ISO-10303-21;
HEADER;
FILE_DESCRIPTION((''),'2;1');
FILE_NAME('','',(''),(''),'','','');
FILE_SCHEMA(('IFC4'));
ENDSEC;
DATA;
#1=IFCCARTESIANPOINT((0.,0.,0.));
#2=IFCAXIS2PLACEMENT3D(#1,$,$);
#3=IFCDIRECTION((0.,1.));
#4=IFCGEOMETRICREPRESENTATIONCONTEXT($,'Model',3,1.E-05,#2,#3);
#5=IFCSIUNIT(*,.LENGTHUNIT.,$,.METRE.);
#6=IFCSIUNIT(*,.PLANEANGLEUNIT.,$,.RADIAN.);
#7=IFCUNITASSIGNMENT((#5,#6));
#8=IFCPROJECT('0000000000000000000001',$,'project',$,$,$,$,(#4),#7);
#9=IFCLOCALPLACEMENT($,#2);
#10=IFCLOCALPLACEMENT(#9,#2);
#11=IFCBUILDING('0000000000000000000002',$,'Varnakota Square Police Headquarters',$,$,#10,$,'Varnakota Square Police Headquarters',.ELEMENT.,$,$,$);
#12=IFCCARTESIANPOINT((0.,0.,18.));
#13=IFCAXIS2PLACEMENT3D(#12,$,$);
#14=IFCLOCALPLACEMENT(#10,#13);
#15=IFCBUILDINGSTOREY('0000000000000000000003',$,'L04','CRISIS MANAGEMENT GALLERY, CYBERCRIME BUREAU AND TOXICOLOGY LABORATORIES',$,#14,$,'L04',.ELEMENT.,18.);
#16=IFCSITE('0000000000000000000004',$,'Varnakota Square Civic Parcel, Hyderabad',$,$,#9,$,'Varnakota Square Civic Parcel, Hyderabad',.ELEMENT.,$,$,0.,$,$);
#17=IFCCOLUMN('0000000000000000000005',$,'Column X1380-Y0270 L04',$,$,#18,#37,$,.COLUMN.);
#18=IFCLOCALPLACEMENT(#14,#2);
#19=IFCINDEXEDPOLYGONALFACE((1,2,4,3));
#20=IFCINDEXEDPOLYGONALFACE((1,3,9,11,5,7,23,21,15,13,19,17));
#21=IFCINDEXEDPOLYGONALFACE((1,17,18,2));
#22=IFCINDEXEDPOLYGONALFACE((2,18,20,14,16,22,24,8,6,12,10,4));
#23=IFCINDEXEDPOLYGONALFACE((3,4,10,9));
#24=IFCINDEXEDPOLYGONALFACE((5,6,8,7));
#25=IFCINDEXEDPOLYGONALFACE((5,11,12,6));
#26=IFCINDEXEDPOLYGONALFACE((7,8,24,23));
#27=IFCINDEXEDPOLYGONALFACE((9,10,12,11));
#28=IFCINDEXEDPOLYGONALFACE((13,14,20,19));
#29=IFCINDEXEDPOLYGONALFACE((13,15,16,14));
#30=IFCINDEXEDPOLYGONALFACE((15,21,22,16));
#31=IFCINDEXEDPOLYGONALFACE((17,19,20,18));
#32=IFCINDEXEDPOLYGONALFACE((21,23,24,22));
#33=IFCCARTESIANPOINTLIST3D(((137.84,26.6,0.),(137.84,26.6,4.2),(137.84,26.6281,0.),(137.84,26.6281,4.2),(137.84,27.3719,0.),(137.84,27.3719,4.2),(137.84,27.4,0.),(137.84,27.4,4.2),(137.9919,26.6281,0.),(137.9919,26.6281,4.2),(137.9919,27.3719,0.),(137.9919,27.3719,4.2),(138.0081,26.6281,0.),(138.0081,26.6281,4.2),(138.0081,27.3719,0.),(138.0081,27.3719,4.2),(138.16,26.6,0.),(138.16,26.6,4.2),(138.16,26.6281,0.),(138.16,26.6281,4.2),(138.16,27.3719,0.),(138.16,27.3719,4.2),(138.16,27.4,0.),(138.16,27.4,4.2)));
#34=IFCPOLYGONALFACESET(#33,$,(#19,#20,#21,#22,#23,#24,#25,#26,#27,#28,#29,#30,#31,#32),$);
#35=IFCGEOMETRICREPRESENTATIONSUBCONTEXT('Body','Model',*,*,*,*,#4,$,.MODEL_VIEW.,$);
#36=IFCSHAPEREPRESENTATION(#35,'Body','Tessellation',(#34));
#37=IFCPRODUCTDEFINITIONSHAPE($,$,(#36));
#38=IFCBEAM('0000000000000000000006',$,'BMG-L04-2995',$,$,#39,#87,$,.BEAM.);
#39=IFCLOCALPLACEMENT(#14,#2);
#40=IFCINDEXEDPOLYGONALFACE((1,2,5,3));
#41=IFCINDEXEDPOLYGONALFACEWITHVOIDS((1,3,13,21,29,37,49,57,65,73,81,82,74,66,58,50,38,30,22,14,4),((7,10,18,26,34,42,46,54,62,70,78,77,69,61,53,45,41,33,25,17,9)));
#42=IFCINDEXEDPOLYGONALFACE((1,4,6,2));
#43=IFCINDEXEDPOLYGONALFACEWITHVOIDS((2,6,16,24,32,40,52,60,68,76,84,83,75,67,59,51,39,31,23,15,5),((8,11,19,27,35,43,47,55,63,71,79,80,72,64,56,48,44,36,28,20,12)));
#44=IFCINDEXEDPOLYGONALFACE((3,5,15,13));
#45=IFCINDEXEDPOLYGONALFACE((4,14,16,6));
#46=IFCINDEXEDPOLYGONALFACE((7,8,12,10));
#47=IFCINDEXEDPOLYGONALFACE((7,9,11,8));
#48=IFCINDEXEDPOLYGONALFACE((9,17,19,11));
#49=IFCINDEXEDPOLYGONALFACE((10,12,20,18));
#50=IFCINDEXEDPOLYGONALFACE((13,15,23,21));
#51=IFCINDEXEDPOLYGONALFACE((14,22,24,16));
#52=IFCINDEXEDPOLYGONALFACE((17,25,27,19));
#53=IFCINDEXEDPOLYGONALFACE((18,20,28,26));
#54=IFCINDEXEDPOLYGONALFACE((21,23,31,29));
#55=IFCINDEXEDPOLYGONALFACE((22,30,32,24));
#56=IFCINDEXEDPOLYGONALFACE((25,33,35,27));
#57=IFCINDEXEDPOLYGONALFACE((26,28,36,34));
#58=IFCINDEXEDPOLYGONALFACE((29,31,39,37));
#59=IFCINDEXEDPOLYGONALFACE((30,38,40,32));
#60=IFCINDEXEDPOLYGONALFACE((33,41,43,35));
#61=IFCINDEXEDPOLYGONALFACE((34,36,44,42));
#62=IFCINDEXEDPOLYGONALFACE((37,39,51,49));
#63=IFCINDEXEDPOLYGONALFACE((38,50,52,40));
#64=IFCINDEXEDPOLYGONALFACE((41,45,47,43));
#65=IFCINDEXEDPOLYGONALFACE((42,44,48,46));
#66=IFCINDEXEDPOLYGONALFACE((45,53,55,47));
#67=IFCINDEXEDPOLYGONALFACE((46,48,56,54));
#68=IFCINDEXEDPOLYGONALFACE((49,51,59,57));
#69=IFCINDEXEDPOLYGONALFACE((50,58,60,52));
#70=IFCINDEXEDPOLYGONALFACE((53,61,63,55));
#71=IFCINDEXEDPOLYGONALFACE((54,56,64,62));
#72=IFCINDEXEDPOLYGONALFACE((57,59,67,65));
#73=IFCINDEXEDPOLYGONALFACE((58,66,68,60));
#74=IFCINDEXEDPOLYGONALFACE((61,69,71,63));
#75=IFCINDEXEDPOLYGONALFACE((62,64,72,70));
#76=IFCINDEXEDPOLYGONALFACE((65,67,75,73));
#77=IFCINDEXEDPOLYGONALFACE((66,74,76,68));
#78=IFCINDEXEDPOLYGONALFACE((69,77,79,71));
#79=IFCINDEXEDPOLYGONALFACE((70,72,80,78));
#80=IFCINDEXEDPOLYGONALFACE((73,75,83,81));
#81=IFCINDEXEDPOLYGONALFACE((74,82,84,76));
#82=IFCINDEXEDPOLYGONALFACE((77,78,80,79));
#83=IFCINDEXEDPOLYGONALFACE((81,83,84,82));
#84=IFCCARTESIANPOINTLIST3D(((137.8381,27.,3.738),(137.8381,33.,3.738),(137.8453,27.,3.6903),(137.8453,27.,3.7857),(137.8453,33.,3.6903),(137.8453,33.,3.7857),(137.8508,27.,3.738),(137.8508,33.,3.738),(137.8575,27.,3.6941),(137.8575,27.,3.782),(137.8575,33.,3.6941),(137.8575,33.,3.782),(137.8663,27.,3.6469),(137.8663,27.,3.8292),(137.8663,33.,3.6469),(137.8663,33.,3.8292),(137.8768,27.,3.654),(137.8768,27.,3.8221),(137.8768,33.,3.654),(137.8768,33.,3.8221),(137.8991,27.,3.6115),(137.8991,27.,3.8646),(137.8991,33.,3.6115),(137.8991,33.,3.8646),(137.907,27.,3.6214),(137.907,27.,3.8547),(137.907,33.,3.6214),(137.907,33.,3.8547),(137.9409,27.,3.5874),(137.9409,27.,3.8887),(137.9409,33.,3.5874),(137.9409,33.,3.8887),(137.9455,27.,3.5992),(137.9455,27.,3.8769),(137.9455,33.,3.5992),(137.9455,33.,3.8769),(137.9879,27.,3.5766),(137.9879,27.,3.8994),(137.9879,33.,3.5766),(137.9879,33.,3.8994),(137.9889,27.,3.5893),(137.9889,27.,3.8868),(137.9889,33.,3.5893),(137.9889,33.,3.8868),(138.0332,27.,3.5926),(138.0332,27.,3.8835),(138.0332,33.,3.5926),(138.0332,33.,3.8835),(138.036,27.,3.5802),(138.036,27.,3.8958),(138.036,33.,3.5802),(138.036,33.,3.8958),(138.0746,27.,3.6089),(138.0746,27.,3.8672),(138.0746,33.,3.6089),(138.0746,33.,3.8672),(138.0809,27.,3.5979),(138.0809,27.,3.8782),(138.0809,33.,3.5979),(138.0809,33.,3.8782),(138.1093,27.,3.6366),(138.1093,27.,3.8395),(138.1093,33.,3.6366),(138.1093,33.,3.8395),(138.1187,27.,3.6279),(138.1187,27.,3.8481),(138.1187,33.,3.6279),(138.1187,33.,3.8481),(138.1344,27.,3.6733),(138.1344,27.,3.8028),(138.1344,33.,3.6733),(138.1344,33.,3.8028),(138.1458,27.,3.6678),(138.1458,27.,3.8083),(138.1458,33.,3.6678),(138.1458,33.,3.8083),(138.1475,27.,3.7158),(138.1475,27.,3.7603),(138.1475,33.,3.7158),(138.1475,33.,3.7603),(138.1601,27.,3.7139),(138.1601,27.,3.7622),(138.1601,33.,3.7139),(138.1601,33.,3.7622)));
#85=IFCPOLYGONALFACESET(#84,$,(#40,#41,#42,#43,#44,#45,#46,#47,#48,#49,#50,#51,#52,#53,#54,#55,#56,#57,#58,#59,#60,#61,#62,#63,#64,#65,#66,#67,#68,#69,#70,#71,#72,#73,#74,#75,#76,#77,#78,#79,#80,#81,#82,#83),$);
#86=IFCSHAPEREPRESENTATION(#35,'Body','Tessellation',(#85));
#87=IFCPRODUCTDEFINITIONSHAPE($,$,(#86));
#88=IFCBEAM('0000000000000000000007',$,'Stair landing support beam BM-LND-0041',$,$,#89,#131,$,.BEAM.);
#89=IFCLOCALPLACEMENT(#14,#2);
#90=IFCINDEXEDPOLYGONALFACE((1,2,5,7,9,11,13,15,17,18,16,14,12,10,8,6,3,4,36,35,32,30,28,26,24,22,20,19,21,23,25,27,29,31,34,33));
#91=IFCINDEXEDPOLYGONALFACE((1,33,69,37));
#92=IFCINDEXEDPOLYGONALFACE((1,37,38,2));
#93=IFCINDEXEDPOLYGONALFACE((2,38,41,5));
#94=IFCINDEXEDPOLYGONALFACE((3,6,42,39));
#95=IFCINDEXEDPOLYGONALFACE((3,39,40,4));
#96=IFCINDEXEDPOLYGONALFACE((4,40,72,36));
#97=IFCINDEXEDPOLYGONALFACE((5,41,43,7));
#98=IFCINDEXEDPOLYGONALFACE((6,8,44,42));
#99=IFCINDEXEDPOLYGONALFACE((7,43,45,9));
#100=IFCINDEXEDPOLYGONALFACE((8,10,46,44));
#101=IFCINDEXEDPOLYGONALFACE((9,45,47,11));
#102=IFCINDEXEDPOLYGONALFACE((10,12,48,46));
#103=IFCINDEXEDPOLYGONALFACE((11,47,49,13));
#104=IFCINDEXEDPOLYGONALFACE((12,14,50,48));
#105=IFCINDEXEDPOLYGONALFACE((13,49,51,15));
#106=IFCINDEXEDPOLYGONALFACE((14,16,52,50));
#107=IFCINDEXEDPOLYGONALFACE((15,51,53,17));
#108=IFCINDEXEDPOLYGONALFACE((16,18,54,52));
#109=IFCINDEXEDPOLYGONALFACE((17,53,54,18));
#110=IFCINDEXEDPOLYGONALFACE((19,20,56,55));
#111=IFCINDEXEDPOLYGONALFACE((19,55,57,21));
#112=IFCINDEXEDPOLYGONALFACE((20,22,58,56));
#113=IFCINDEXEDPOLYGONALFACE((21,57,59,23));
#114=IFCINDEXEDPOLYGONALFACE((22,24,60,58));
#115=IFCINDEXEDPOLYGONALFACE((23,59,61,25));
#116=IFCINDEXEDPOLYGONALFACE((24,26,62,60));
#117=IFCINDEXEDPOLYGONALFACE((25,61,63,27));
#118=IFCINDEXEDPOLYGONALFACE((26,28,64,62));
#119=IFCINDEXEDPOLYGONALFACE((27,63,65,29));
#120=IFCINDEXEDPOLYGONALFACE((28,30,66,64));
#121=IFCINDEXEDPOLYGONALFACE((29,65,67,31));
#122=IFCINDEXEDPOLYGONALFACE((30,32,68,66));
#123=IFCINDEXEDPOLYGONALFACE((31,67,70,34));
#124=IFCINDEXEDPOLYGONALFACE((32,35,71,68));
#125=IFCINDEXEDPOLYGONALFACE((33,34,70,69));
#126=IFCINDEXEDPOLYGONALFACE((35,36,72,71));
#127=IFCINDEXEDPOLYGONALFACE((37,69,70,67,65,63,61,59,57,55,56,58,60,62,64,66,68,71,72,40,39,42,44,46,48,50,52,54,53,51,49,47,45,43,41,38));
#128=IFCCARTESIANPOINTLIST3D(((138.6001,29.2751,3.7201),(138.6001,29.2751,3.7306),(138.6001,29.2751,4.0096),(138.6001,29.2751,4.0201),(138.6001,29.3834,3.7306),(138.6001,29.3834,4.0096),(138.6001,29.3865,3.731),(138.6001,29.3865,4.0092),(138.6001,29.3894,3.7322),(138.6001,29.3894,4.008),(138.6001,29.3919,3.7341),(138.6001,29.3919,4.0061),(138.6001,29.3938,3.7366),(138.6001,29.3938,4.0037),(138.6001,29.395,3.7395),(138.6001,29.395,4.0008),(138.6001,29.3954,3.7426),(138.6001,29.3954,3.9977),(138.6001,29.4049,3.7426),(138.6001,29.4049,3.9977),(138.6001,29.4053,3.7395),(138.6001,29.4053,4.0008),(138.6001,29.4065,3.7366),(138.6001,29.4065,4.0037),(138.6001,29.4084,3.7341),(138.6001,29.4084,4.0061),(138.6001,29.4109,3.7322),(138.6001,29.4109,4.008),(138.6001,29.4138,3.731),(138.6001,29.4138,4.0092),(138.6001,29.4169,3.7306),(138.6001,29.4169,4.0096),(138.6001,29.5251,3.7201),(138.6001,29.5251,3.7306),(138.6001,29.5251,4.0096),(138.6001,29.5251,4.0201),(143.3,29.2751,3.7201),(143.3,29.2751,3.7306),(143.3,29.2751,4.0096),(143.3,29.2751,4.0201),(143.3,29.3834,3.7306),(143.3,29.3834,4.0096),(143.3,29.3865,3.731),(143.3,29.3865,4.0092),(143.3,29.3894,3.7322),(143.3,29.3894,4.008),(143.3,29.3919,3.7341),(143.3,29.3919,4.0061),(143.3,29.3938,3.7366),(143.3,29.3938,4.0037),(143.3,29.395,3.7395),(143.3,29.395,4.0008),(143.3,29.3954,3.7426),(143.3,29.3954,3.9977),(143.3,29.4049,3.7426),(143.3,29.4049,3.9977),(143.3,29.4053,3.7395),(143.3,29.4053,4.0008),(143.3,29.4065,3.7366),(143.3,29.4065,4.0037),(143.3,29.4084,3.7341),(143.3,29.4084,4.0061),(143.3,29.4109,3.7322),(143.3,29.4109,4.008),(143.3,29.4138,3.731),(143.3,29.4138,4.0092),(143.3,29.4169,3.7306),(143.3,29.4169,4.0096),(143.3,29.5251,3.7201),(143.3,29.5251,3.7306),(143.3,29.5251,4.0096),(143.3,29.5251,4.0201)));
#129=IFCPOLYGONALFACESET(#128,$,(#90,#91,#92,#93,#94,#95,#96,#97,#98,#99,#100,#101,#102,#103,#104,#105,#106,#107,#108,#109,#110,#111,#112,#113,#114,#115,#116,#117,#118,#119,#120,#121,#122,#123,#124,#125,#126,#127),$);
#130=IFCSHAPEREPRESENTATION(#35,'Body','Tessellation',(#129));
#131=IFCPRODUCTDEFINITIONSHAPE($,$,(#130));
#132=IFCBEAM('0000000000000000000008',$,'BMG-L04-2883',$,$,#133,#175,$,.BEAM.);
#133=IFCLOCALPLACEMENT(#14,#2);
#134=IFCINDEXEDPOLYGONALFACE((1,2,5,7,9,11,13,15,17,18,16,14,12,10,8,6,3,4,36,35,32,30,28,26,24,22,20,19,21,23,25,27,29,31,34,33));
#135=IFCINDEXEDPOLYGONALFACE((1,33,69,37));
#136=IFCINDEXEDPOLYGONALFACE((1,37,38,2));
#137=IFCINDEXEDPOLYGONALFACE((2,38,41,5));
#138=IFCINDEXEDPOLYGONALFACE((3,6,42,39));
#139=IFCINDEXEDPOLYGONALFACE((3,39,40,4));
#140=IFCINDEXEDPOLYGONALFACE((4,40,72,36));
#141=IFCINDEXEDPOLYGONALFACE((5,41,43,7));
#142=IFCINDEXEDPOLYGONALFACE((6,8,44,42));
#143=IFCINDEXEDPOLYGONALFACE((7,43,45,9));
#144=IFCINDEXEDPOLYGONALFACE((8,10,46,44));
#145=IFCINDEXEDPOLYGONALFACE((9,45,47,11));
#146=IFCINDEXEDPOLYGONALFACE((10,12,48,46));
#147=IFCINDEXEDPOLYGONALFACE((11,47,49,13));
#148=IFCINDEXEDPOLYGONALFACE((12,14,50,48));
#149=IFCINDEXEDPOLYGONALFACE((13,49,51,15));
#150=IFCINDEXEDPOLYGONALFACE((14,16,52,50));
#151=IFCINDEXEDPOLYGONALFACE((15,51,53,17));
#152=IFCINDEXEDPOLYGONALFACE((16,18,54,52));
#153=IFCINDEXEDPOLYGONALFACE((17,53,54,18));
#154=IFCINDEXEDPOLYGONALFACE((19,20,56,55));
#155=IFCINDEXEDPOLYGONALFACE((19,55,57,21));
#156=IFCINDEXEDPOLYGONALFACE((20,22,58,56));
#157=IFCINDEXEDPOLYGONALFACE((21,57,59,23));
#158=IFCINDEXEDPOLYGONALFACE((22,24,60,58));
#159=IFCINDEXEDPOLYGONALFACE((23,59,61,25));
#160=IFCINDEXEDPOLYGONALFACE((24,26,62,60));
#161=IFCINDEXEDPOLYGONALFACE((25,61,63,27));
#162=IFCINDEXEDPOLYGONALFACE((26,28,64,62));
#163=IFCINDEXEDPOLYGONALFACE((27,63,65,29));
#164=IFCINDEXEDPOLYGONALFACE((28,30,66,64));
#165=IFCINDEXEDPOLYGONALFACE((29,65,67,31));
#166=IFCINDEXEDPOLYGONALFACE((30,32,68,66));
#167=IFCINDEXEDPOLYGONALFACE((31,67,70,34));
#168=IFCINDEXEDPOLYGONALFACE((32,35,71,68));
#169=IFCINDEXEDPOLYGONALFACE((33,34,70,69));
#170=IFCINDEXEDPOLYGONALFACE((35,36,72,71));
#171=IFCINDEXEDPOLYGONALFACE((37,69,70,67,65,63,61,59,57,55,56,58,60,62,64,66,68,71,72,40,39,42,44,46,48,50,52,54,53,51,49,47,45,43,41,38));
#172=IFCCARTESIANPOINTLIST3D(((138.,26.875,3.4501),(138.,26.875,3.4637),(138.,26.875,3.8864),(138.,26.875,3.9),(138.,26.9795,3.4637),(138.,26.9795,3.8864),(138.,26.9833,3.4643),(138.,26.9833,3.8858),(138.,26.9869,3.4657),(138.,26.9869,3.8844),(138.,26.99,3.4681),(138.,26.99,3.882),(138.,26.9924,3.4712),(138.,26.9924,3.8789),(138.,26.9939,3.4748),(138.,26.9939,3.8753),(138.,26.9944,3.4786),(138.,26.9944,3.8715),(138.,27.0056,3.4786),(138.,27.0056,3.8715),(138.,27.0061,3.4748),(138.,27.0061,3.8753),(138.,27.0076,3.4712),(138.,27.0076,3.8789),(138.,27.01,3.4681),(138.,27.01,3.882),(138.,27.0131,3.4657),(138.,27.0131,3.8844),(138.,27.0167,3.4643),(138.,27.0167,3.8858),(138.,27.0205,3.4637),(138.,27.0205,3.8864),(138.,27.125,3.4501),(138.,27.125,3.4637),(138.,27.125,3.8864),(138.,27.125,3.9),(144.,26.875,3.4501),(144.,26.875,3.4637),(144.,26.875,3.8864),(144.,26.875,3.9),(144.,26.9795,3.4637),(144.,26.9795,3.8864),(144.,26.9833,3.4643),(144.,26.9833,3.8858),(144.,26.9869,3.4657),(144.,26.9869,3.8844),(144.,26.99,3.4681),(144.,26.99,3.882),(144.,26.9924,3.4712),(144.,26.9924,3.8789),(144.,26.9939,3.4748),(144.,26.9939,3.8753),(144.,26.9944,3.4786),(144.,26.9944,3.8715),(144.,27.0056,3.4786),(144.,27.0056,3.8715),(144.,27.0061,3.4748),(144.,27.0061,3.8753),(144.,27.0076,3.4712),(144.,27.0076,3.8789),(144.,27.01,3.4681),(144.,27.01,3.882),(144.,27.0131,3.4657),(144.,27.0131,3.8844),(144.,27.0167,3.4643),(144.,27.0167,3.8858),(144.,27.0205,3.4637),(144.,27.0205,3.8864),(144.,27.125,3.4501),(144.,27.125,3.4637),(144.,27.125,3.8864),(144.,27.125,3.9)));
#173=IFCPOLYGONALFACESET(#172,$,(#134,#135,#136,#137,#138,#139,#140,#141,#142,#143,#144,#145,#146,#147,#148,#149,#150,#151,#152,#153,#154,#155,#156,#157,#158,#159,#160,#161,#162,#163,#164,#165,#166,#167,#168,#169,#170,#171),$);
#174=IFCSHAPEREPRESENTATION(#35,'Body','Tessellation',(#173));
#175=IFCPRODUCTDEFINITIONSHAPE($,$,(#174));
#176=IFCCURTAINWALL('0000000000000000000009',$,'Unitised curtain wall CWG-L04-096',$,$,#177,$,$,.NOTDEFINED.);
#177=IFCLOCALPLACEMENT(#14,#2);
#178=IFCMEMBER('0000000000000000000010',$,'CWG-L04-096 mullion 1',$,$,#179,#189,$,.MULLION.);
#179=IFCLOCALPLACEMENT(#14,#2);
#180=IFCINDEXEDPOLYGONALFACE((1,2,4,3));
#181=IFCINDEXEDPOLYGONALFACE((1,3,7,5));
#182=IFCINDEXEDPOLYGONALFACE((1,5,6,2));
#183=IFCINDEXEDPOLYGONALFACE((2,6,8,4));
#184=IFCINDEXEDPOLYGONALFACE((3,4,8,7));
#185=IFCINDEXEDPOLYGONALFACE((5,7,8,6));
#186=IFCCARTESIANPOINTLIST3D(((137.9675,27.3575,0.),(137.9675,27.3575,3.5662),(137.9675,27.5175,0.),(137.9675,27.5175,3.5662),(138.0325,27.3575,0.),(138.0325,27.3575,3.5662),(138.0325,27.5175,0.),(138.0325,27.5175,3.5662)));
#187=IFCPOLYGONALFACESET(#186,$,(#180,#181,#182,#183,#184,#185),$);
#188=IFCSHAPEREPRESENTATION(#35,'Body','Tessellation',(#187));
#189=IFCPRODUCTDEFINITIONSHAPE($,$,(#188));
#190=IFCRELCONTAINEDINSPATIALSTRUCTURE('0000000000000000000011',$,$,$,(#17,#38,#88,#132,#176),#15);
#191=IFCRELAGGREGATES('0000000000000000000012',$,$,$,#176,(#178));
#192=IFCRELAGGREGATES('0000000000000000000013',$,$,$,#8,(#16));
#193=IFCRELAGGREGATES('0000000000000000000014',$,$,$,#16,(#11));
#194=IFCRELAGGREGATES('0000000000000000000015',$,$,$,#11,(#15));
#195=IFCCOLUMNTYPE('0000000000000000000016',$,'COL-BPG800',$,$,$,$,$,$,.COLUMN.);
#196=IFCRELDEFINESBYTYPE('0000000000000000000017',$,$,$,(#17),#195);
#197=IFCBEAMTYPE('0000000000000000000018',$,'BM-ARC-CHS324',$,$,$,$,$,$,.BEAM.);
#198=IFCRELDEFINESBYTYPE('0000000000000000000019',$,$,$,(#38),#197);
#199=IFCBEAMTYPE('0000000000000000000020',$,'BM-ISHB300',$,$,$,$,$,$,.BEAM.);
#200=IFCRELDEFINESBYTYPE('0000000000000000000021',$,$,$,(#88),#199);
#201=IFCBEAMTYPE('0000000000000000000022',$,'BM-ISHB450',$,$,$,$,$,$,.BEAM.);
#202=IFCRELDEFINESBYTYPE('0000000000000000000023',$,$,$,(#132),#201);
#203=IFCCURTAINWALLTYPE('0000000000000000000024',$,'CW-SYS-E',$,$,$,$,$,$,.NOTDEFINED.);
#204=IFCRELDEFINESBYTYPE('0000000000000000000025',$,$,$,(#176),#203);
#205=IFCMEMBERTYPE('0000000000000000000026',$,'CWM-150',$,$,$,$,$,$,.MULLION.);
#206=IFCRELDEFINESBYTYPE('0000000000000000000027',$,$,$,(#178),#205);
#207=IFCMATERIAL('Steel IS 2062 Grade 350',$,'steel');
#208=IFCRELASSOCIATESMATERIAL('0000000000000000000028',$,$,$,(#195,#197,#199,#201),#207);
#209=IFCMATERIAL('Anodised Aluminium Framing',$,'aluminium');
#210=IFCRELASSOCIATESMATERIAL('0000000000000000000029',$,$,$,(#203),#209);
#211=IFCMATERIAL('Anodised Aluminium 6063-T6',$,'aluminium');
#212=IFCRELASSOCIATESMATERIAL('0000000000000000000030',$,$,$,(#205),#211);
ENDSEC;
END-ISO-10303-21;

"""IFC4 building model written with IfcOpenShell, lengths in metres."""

from ifc_helpers import new_model, si_unit, direction, frame, origin, origin_2d, place, context, subcontext, project, spatial, rectangle, hollow_circle, i_section, extrude, material, material_profile, profile_set, type_object, element, aggregate, save


model = new_model("IFC4")

# Units and contexts
model_context = context("Model", 3, precision=1e-05, world=origin(), true_north=direction((0.0, 1.0)))
body_context = subcontext(model_context, "Body", "Model", "MODEL_VIEW")
ifc_project = project(units=[si_unit("LENGTHUNIT", "METRE"), si_unit("PLANEANGLEUNIT", "RADIAN")], contexts=[model_context])

# Site, building, storey
site_placement = place(None, origin())
site = spatial("IfcSite", under=ifc_project, at=site_placement, Name="Varnakota Square Civic Parcel, Hyderabad", LongName="Varnakota Square Civic Parcel, Hyderabad", CompositionType="ELEMENT", RefElevation=0.0)
building_placement = place(site_placement, origin())
building = spatial("IfcBuilding", under=site, at=building_placement, Name="Varnakota Square Police Headquarters", LongName="Varnakota Square Police Headquarters", CompositionType="ELEMENT")
storey_placement = place(building_placement, frame((0.0, 0.0, 18.0)))
storey = spatial("IfcBuildingStorey", under=building, at=storey_placement, Name="L04", Description="CRISIS MANAGEMENT GALLERY, CYBERCRIME BUREAU AND TOXICOLOGY LABORATORIES", LongName="L04", CompositionType="ELEMENT", Elevation=18.0)

# Column
ifc_material_1 = material(Name="Steel IS 2062 Grade 350", Category="steel")
ifc_material_profile_1 = material_profile(ifc_material_1, i_section(OverallWidth=0.3201, OverallDepth=0.8, WebThickness=0.0161, FlangeThickness=0.0281, at=origin_2d()), Name="BPG 800x320")
ifc_profile_set_1 = profile_set([ifc_material_profile_1], Name="Steel IS 2062 Grade 350")
column_type = type_object("IfcColumnType", Name="COL-BPG800", PredefinedType="COLUMN", material=ifc_profile_set_1)
column_placement = place(storey_placement, frame((138.0, 27.0, 0.0), z_axis=(0.0, 0.0, 1.0), x_axis=(1.0, 0.0, 0.0)))
element("IfcColumn", 1, at=column_placement, inside=storey, type_object=column_type, Name="Column X1380-Y0270 L04", PredefinedType="COLUMN", context=body_context, shape_type="SweptSolid", body=[
    extrude(i_section(OverallWidth=0.3201, OverallDepth=0.8, WebThickness=0.0161, FlangeThickness=0.0281, at=origin_2d()), origin(), (0.0, 0.0, 1.0), 4.2),
])

# Beams
ifc_material_profile_2 = material_profile(ifc_material_1, hollow_circle(Radius=0.1619, WallThickness=0.0127, at=origin_2d()), Name="CHS 323.9x12.7")
ifc_profile_set_2 = profile_set([ifc_material_profile_2], Name="Steel IS 2062 Grade 350")
beam_type_1 = type_object("IfcBeamType", Name="BM-ARC-CHS324", PredefinedType="BEAM", material=ifc_profile_set_2)
beam_1_placement = place(storey_placement, frame((138.0, 27.0, 3.738), z_axis=(0.0, 1.0, 0.0), x_axis=(-1.0, 0.0, 0.0)))
element("IfcBeam", 2, at=beam_1_placement, inside=storey, type_object=beam_type_1, Name="BMG-L04-2995", PredefinedType="BEAM", context=body_context, shape_type="SweptSolid", body=[
    extrude(hollow_circle(Radius=0.1619, WallThickness=0.0127, at=origin_2d()), origin(), (0.0, 0.0, 1.0), 6.0),
])
ifc_material_profile_3 = material_profile(ifc_material_1, i_section(OverallWidth=0.25, OverallDepth=0.3, WebThickness=0.0095, FlangeThickness=0.0105, FilletRadius=0.012, at=origin_2d()), Name="ISHB 300")
ifc_profile_set_3 = profile_set([ifc_material_profile_3], Name="Steel IS 2062 Grade 350")
beam_type_2 = type_object("IfcBeamType", Name="BM-ISHB300", PredefinedType="BEAM", material=ifc_profile_set_3)
beam_2_placement = place(storey_placement, frame((138.6001, 29.4001, 3.8701), z_axis=(1.0, 0.0, 0.0), x_axis=(0.0, 1.0, 0.0)))
element("IfcBeam", 3, at=beam_2_placement, inside=storey, type_object=beam_type_2, Name="Stair landing support beam BM-LND-0041", PredefinedType="BEAM", context=body_context, shape_type="SweptSolid", body=[
    extrude(i_section(OverallWidth=0.25, OverallDepth=0.3, WebThickness=0.0095, FlangeThickness=0.0105, FilletRadius=0.012, at=origin_2d()), origin(), (0.0, 0.0, 1.0), 4.7),
])
ifc_material_profile_4 = material_profile(ifc_material_1, i_section(OverallWidth=0.25, OverallDepth=0.45, WebThickness=0.0112, FlangeThickness=0.0137, FilletRadius=0.0149, at=origin_2d()), Name="ISHB 450")
ifc_profile_set_4 = profile_set([ifc_material_profile_4], Name="Steel IS 2062 Grade 350")
beam_type_3 = type_object("IfcBeamType", Name="BM-ISHB450", PredefinedType="BEAM", material=ifc_profile_set_4)
beam_3_placement = place(storey_placement, frame((138.0, 27.0, 3.675), z_axis=(1.0, 0.0, 0.0), x_axis=(0.0, 1.0, 0.0)))
element("IfcBeam", 4, at=beam_3_placement, inside=storey, type_object=beam_type_3, Name="BMG-L04-2883", PredefinedType="BEAM", context=body_context, shape_type="SweptSolid", body=[
    extrude(i_section(OverallWidth=0.25, OverallDepth=0.45, WebThickness=0.0112, FlangeThickness=0.0137, FilletRadius=0.0149, at=origin_2d()), origin(), (0.0, 0.0, 1.0), 6.0),
])

# Curtain wall, member
ifc_material_2 = material(Name="Anodised Aluminium Framing", Category="aluminium")
curtain_wall_type = type_object("IfcCurtainWallType", Name="CW-SYS-E", PredefinedType="NOTDEFINED", material=ifc_material_2)
curtain_wall_placement = place(storey_placement, origin())
curtain_wall = element("IfcCurtainWall", 5, at=curtain_wall_placement, inside=storey, type_object=curtain_wall_type, Name="Unitised curtain wall CWG-L04-096", PredefinedType="NOTDEFINED")
ifc_material_3 = material(Name="Anodised Aluminium 6063-T6", Category="aluminium")
ifc_material_profile_5 = material_profile(ifc_material_3, rectangle(XDim=0.0649, YDim=0.1599, at=origin_2d()), Name="ALU MULLION 65x160")
ifc_profile_set_5 = profile_set([ifc_material_profile_5], Name="Anodised Aluminium 6063-T6")
member_type_1 = type_object("IfcMemberType", Name="CWM-150", PredefinedType="MULLION", material=ifc_profile_set_5)
member_1_placement = place(storey_placement, frame((138.0, 27.4375, 0.0), z_axis=(0.0, 0.0, 1.0), x_axis=(-1.0, 0.0, 0.0)))
member_1 = element("IfcMember", 6, at=member_1_placement, type_object=member_type_1, Name="CWG-L04-096 mullion 1", PredefinedType="MULLION", context=body_context, shape_type="SweptSolid", body=[
    extrude(rectangle(XDim=0.0649, YDim=0.1599, at=origin_2d()), origin(), (0.0, 0.0, 1.0), 3.5662),
])
aggregate(curtain_wall, [member_1])

save(model, "model.ifc")
